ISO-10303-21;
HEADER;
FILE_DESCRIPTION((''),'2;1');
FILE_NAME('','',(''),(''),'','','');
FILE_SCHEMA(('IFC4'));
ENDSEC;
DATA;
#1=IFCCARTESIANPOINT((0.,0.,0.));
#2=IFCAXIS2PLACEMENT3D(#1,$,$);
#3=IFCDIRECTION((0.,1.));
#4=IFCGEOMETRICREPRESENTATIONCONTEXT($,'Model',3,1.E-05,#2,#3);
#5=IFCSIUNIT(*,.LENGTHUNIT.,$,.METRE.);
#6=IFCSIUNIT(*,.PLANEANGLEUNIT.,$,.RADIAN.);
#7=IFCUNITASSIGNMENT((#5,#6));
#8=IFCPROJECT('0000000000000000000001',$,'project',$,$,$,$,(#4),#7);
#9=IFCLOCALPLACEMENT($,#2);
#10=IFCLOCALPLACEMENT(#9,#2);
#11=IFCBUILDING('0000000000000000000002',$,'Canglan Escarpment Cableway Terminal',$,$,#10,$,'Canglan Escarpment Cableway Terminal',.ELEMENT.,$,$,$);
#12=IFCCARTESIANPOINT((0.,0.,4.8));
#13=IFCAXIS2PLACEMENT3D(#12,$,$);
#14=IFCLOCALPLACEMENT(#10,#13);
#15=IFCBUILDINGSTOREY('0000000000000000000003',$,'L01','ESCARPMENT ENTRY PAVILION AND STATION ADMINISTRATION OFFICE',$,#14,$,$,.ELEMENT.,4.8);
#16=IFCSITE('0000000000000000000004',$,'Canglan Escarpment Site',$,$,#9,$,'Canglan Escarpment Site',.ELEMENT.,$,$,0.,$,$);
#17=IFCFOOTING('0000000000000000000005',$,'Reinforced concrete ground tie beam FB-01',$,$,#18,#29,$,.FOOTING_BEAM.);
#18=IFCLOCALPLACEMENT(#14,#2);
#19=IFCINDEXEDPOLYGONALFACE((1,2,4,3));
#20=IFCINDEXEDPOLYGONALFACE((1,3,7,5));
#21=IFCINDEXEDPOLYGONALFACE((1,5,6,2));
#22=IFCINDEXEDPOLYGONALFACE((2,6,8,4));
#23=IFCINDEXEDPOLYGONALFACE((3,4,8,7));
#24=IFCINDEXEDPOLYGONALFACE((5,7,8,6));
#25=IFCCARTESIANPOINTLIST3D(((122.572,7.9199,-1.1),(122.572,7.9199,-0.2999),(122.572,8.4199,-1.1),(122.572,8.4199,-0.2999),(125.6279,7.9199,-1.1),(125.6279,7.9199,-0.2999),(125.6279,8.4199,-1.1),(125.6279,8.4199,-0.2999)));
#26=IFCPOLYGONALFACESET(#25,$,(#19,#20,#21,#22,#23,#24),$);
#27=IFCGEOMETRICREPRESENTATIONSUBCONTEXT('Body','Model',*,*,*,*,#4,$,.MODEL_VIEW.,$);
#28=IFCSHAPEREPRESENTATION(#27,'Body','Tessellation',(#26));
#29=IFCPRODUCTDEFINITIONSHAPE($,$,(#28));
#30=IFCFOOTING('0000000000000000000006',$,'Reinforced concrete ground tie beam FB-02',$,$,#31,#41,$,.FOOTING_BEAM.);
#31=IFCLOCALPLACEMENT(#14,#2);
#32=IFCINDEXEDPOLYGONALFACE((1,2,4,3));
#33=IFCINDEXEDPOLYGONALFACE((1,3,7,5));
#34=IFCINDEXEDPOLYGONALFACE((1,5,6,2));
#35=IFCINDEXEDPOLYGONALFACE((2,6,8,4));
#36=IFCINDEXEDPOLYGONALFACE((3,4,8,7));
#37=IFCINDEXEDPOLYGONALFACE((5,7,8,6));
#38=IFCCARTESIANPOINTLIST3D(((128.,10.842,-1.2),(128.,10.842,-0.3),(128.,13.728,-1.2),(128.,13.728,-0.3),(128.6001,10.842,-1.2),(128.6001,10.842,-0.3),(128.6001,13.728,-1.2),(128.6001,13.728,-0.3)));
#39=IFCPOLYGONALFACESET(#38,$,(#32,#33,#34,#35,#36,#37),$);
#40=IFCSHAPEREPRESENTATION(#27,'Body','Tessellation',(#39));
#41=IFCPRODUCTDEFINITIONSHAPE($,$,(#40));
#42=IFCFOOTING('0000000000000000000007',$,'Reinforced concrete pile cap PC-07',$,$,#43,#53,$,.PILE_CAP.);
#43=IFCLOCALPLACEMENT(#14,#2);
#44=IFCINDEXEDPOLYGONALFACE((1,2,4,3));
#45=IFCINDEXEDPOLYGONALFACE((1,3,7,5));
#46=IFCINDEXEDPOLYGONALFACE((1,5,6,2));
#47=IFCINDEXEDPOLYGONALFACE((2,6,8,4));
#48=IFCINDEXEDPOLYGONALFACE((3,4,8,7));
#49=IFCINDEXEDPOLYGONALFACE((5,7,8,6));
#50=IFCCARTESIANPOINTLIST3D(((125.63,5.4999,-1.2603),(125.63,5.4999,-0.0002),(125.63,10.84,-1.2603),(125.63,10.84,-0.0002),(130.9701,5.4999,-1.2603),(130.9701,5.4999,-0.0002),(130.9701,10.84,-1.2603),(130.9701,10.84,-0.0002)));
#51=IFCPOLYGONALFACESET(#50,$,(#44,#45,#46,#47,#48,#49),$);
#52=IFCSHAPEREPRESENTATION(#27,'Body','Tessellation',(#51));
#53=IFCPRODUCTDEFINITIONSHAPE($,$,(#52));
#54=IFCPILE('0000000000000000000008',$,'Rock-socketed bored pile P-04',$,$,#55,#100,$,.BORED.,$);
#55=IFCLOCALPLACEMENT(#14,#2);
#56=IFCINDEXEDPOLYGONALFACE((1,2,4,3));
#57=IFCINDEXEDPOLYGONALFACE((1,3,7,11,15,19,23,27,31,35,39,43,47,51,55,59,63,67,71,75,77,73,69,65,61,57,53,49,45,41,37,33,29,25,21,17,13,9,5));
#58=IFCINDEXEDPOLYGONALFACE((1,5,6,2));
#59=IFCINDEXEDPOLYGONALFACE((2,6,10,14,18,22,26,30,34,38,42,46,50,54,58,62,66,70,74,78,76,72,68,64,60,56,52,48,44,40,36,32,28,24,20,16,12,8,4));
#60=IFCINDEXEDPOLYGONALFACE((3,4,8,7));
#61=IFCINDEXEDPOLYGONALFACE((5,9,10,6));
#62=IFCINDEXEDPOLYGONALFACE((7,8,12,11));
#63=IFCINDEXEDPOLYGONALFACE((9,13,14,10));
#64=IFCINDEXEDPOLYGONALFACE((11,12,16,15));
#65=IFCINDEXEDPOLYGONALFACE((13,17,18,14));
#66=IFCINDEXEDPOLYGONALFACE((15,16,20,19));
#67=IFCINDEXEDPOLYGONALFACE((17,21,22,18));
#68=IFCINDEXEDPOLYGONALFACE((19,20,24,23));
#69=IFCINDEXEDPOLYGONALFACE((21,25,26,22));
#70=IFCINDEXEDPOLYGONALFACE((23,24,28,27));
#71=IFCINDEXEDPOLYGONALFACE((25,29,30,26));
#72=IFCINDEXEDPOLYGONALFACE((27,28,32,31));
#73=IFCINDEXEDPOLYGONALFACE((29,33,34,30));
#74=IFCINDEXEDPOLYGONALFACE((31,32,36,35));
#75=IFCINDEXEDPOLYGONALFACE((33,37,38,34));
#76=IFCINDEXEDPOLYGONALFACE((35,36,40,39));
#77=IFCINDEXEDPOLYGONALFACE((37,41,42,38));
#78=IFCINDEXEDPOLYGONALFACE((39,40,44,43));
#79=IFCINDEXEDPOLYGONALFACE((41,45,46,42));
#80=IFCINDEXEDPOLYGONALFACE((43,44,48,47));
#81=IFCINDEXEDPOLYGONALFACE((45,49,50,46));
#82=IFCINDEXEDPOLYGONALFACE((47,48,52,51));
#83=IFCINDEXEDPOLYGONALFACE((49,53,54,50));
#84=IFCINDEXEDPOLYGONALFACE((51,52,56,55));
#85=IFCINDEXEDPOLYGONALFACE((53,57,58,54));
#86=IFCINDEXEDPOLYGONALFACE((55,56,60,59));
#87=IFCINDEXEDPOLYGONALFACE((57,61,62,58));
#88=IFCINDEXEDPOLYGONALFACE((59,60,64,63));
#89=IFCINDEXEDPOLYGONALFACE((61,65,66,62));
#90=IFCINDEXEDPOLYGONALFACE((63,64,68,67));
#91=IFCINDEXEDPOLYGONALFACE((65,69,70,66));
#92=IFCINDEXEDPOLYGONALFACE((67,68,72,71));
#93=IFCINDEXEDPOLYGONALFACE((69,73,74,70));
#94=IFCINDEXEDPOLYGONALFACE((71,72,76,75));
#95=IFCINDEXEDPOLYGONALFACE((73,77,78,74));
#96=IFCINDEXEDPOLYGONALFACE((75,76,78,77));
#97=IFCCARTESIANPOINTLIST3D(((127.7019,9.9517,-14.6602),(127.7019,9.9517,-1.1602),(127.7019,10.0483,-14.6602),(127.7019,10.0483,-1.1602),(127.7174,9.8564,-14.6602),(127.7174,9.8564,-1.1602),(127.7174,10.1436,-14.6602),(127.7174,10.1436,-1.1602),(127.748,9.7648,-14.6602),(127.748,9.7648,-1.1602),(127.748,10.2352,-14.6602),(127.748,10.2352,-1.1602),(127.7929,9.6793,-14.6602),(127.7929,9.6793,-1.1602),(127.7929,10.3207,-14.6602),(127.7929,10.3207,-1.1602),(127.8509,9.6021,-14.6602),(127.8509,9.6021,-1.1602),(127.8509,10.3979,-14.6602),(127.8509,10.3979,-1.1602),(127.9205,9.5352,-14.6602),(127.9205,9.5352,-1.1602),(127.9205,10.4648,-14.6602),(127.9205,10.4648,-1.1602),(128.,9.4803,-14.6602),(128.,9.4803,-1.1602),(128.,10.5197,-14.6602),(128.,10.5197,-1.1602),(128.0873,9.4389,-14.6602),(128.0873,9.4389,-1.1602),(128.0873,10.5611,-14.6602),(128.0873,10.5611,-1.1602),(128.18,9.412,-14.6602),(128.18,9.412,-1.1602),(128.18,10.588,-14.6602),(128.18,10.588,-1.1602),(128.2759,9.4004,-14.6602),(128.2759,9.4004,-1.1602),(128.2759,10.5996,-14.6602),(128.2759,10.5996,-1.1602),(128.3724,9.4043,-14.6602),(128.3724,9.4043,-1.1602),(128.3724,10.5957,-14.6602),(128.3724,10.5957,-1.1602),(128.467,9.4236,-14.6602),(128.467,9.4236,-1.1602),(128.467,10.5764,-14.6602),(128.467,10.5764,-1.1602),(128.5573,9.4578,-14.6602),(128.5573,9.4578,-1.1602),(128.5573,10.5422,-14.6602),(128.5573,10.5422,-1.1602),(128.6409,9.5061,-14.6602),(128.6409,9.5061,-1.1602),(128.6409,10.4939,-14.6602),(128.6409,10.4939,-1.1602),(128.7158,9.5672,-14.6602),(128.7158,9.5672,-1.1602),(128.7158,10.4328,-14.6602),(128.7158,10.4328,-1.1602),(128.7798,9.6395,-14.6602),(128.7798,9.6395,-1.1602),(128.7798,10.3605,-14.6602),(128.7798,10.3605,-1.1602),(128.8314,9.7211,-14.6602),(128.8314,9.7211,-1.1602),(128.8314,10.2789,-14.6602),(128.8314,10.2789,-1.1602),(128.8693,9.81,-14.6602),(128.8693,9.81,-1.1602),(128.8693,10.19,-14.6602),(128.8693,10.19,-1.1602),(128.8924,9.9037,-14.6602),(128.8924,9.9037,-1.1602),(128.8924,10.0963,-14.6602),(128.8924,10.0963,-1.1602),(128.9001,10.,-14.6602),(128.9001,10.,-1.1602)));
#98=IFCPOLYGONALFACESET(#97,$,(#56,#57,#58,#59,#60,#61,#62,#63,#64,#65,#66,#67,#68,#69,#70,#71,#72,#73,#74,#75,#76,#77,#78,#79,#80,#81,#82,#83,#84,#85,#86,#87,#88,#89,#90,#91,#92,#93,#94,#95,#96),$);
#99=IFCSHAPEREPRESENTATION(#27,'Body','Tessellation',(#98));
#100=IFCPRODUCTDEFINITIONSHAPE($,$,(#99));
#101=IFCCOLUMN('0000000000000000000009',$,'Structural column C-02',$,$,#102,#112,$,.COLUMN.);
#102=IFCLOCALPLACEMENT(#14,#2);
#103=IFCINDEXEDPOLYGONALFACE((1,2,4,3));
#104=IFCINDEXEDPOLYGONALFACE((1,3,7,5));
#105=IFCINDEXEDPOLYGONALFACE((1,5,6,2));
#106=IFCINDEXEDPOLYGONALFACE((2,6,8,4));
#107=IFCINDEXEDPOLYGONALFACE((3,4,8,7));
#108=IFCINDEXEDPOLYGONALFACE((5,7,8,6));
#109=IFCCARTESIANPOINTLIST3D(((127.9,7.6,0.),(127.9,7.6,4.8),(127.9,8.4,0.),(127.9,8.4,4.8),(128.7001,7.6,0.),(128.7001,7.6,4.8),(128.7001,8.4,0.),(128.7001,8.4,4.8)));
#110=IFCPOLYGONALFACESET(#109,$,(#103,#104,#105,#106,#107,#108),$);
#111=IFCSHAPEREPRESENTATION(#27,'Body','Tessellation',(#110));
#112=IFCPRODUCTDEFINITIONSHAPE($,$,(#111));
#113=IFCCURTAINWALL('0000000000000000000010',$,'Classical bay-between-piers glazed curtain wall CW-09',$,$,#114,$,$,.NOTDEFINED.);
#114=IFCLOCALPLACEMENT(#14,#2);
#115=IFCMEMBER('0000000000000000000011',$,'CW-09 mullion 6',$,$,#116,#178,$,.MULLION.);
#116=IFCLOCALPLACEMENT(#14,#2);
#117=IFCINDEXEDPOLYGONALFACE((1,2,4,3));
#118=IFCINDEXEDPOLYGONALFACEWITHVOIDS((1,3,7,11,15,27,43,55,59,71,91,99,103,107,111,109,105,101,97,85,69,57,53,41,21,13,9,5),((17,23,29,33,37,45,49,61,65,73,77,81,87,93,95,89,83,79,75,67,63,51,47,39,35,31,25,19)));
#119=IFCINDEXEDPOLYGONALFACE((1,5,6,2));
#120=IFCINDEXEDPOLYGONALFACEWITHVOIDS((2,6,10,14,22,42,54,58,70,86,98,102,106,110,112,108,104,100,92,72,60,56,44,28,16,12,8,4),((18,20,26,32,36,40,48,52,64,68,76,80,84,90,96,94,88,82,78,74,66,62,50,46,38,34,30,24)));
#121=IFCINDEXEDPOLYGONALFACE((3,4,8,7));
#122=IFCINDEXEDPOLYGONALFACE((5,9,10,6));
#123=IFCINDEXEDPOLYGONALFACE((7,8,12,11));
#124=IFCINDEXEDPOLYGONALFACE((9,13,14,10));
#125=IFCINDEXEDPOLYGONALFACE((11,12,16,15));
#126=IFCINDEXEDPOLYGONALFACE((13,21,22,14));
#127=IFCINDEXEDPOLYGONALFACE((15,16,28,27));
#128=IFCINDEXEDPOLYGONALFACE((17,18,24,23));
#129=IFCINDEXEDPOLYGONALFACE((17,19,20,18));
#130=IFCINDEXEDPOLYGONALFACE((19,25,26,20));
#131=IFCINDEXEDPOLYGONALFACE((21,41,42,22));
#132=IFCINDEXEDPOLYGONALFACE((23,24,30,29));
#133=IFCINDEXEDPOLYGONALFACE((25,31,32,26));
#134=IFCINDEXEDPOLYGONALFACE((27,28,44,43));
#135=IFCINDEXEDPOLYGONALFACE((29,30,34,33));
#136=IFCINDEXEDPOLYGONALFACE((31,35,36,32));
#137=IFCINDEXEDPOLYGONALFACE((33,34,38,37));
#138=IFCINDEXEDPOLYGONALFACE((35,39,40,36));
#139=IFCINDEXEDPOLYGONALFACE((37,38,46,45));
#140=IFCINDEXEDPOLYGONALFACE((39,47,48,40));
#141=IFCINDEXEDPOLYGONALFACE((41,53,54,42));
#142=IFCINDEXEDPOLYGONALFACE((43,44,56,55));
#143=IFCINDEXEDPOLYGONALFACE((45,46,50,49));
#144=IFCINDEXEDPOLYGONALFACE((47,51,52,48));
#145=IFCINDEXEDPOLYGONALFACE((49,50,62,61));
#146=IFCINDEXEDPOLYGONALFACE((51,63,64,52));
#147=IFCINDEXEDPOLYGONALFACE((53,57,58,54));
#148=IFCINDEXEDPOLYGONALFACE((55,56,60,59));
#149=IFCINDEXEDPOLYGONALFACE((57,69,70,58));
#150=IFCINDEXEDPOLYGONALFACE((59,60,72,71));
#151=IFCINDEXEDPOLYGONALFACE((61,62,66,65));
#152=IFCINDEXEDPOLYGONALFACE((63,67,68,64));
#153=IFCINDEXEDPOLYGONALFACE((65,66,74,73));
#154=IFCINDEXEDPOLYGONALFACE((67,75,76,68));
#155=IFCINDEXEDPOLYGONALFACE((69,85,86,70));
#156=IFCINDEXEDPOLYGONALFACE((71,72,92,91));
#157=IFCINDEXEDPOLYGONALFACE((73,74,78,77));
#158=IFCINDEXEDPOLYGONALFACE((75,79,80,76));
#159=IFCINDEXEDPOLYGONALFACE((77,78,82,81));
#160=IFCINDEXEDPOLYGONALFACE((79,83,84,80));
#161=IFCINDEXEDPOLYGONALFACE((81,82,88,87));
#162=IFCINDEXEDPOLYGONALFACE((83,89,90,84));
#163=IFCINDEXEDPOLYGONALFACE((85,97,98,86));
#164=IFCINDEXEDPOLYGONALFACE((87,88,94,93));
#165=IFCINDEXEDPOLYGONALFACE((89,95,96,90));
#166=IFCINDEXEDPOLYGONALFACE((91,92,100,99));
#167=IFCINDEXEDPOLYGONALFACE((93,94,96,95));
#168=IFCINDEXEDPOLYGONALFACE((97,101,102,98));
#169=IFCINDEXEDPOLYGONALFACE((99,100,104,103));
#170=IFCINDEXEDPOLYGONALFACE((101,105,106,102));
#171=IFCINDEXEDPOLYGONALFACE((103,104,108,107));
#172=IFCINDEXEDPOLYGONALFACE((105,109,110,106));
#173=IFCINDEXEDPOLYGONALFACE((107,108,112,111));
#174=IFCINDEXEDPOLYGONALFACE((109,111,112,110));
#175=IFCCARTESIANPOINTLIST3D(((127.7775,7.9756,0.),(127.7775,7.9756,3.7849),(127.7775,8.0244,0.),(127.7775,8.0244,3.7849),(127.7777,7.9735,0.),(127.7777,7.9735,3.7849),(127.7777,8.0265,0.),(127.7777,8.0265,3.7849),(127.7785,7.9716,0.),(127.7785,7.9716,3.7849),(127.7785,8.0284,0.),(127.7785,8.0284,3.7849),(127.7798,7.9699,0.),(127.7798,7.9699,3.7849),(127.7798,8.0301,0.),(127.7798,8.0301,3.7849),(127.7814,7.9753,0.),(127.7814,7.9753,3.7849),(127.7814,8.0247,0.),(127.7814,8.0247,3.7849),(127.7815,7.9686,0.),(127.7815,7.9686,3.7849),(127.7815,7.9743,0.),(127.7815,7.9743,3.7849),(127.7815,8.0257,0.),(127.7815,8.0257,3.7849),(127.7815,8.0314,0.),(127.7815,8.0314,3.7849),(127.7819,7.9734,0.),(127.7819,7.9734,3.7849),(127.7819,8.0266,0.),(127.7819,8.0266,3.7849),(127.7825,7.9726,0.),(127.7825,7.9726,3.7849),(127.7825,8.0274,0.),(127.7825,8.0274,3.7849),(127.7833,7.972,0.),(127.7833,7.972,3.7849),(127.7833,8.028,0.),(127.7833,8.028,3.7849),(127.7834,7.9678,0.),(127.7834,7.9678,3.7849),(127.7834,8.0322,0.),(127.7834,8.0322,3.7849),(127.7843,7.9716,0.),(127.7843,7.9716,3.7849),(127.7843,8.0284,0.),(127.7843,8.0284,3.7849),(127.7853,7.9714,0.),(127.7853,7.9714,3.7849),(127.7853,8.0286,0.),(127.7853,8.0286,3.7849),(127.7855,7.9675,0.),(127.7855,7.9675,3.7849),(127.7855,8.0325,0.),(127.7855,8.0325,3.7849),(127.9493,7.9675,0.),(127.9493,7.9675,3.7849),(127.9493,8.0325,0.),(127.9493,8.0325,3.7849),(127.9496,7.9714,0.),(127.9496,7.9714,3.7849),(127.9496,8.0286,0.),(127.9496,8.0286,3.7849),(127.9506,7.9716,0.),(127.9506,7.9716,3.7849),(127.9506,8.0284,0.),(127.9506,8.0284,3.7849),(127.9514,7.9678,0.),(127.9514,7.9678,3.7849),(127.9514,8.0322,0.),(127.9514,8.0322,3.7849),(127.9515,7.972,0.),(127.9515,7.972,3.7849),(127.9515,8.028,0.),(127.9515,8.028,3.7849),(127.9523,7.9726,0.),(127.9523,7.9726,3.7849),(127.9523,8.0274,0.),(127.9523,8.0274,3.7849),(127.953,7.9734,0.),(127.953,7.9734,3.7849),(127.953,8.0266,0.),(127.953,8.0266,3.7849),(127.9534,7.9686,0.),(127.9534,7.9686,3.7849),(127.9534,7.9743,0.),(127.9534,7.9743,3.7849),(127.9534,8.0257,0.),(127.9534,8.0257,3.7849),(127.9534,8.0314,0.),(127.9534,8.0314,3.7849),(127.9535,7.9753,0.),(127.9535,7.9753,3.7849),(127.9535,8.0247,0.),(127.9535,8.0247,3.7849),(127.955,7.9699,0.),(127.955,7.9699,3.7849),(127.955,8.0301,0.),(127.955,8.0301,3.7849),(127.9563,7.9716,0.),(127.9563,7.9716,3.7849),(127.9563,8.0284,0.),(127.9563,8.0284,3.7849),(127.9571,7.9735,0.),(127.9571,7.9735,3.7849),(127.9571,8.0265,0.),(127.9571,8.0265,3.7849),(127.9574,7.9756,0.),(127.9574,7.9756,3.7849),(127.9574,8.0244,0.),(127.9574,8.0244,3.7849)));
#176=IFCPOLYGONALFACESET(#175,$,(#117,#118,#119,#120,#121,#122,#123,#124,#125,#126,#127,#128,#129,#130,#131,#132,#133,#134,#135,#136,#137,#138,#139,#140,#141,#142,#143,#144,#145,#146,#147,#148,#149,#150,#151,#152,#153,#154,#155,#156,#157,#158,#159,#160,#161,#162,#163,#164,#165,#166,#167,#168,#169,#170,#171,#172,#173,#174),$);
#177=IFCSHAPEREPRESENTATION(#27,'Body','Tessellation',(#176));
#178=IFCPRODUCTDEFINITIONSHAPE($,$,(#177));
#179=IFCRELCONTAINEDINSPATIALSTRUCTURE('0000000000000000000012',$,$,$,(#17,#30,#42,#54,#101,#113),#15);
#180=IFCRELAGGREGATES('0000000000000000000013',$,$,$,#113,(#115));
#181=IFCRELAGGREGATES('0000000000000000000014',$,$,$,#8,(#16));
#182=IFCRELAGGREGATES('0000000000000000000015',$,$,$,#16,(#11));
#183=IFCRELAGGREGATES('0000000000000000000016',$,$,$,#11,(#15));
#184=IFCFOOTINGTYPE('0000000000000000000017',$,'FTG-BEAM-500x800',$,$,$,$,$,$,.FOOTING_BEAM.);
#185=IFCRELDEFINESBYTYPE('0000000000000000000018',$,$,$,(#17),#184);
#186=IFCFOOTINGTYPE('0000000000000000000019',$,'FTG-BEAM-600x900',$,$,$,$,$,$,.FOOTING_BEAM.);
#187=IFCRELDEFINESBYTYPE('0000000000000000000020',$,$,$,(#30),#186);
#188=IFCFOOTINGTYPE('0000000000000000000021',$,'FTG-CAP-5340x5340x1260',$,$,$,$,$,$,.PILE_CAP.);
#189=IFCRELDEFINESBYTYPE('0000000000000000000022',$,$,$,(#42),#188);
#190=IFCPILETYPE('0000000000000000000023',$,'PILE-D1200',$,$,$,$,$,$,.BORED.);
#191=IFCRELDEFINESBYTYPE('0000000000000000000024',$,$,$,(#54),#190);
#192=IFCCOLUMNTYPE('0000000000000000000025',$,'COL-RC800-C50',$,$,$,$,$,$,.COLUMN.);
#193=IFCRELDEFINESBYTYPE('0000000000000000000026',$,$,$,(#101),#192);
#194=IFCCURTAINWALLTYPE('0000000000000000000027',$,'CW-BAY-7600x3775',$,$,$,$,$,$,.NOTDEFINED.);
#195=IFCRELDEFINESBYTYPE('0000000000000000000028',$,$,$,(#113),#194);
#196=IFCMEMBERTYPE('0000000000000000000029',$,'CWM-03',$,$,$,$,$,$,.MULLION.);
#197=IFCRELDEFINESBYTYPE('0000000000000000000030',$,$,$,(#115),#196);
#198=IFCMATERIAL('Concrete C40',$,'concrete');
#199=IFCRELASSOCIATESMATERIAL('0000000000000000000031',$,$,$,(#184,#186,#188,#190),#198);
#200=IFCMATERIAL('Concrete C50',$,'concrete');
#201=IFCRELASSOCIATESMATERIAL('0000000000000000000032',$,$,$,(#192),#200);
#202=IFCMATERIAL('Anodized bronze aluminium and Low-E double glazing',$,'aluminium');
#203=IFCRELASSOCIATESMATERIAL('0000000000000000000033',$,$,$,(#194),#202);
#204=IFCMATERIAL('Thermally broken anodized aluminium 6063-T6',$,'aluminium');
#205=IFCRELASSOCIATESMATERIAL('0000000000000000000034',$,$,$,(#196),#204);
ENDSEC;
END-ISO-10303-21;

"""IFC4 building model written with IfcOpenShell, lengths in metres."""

from ifc_helpers import new_model, si_unit, direction, frame, origin, origin_2d, place, context, subcontext, project, spatial, rectangle, hollow_rectangle, circle, extrude, material, material_profile, profile_set, type_object, element, aggregate, save


model = new_model("IFC4")

# Units and contexts
model_context = context("Model", 3, precision=1e-05, world=origin(), true_north=direction((0.0, 1.0)))
body_context = subcontext(model_context, "Body", "Model", "MODEL_VIEW")
ifc_project = project(units=[si_unit("LENGTHUNIT", "METRE"), si_unit("PLANEANGLEUNIT", "RADIAN")], contexts=[model_context])

# Site, building, storey
site_placement = place(None, origin())
site = spatial("IfcSite", under=ifc_project, at=site_placement, Name="Canglan Escarpment Site", LongName="Canglan Escarpment Site", CompositionType="ELEMENT", RefElevation=0.0)
building_placement = place(site_placement, origin())
building = spatial("IfcBuilding", under=site, at=building_placement, Name="Canglan Escarpment Cableway Terminal", LongName="Canglan Escarpment Cableway Terminal", CompositionType="ELEMENT")
storey_placement = place(building_placement, frame((0.0, 0.0, 4.8)))
storey = spatial("IfcBuildingStorey", under=building, at=storey_placement, Name="L01", Description="ESCARPMENT ENTRY PAVILION AND STATION ADMINISTRATION OFFICE", CompositionType="ELEMENT", Elevation=4.8)

# Footings
ifc_material_1 = material(Name="Concrete C40", Category="concrete")
ifc_material_profile_1 = material_profile(ifc_material_1, rectangle(XDim=0.5, YDim=0.8, at=origin_2d()), Name="FB 500x800")
ifc_profile_set_1 = profile_set([ifc_material_profile_1], Name="Concrete C40")
footing_type_1 = type_object("IfcFootingType", Name="FTG-BEAM-500x800", PredefinedType="FOOTING_BEAM", material=ifc_profile_set_1)
footing_1_placement = place(storey_placement, frame((122.572, 8.1699, -0.7), z_axis=(1.0, 0.0, 0.0), x_axis=(0.0, 1.0, 0.0)))
element("IfcFooting", 1, at=footing_1_placement, inside=storey, type_object=footing_type_1, Name="Reinforced concrete ground tie beam FB-01", PredefinedType="FOOTING_BEAM", context=body_context, shape_type="SweptSolid", body=[
    extrude(rectangle(XDim=0.5, YDim=0.8, at=origin_2d()), origin(), (0.0, 0.0, 1.0), 3.0559),
])
ifc_material_profile_2 = material_profile(ifc_material_1, rectangle(XDim=0.6001, YDim=0.8999, at=origin_2d()), Name="FB 600x900")
ifc_profile_set_2 = profile_set([ifc_material_profile_2], Name="Concrete C40")
footing_type_2 = type_object("IfcFootingType", Name="FTG-BEAM-600x900", PredefinedType="FOOTING_BEAM", material=ifc_profile_set_2)
footing_2_placement = place(storey_placement, frame((128.3, 10.842, -0.75), z_axis=(0.0, 1.0, 0.0), x_axis=(-1.0, 0.0, 0.0)))
element("IfcFooting", 2, at=footing_2_placement, inside=storey, type_object=footing_type_2, Name="Reinforced concrete ground tie beam FB-02", PredefinedType="FOOTING_BEAM", context=body_context, shape_type="SweptSolid", body=[
    extrude(rectangle(XDim=0.6001, YDim=0.8999, at=origin_2d()), origin(), (0.0, 0.0, 1.0), 2.886),
])
footing_type_3 = type_object("IfcFootingType", Name="FTG-CAP-5340x5340x1260", PredefinedType="PILE_CAP", material=ifc_material_1)
footing_3_placement = place(storey_placement, frame((128.3, 8.1699, -1.2603), z_axis=(0.0, 0.0, 1.0), x_axis=(1.0, 0.0, 0.0)))
element("IfcFooting", 3, at=footing_3_placement, inside=storey, type_object=footing_type_3, Name="Reinforced concrete pile cap PC-07", PredefinedType="PILE_CAP", context=body_context, shape_type="SweptSolid", body=[
    extrude(rectangle(XDim=5.3401, YDim=5.3401, at=origin_2d()), origin(), (0.0, 0.0, 1.0), 1.26),
])

# Pile
ifc_material_profile_3 = material_profile(ifc_material_1, circle(Radius=0.6001, at=origin_2d()), Name="BORED PILE D1200")
ifc_profile_set_3 = profile_set([ifc_material_profile_3], Name="Concrete C40")
pile_type = type_object("IfcPileType", Name="PILE-D1200", PredefinedType="BORED", material=ifc_profile_set_3)
pile_placement = place(storey_placement, frame((128.3, 10.0, -1.1602), z_axis=(0.0, 0.0, -1.0), x_axis=(1.0, 0.0, 0.0)))
element("IfcPile", 4, at=pile_placement, inside=storey, type_object=pile_type, Name="Rock-socketed bored pile P-04", PredefinedType="BORED", context=body_context, shape_type="SweptSolid", body=[
    extrude(circle(Radius=0.6001, at=origin_2d()), origin(), (0.0, 0.0, 1.0), 13.5),
])

# Column
ifc_material_2 = material(Name="Concrete C50", Category="concrete")
ifc_material_profile_4 = material_profile(ifc_material_2, rectangle(XDim=0.8, YDim=0.8, at=origin_2d()), Name="RC 800x800")
ifc_profile_set_4 = profile_set([ifc_material_profile_4], Name="Concrete C50")
column_type = type_object("IfcColumnType", Name="COL-RC800-C50", PredefinedType="COLUMN", material=ifc_profile_set_4)
column_placement = place(storey_placement, frame((128.3, 8.0, 0.0), z_axis=(0.0, 0.0, 1.0), x_axis=(1.0, 0.0, 0.0)))
element("IfcColumn", 5, at=column_placement, inside=storey, type_object=column_type, Name="Structural column C-02", PredefinedType="COLUMN", context=body_context, shape_type="SweptSolid", body=[
    extrude(rectangle(XDim=0.8, YDim=0.8, at=origin_2d()), origin(), (0.0, 0.0, 1.0), 4.8),
])

# Curtain wall, member
ifc_material_3 = material(Name="Anodized bronze aluminium and Low-E double glazing", Category="aluminium")
curtain_wall_type = type_object("IfcCurtainWallType", Name="CW-BAY-7600x3775", PredefinedType="NOTDEFINED", material=ifc_material_3)
curtain_wall_placement = place(storey_placement, origin())
curtain_wall = element("IfcCurtainWall", 6, at=curtain_wall_placement, inside=storey, type_object=curtain_wall_type, Name="Classical bay-between-piers glazed curtain wall CW-09", PredefinedType="NOTDEFINED")
ifc_material_4 = material(Name="Thermally broken anodized aluminium 6063-T6", Category="aluminium")
ifc_material_profile_5 = material_profile(ifc_material_4, hollow_rectangle(XDim=0.0649, YDim=0.1799, WallThickness=0.0039, InnerFilletRadius=0.0039, OuterFilletRadius=0.0081, at=origin_2d()), Name="ALU-MULL 65x180x4")
ifc_profile_set_5 = profile_set([ifc_material_profile_5], Name="Thermally broken anodized aluminium 6063-T6")
member_type_1 = type_object("IfcMemberType", Name="CWM-03", PredefinedType="MULLION", material=ifc_profile_set_5)
member_1_placement = place(storey_placement, frame((127.8674, 8.0, 0.0), z_axis=(0.0, 0.0, 1.0), x_axis=(0.0, 1.0, 0.0)))
member_1 = element("IfcMember", 7, at=member_1_placement, type_object=member_type_1, Name="CW-09 mullion 6", PredefinedType="MULLION", context=body_context, shape_type="SweptSolid", body=[
    extrude(hollow_rectangle(XDim=0.0649, YDim=0.1799, WallThickness=0.0039, InnerFilletRadius=0.0039, OuterFilletRadius=0.0081, at=origin_2d()), origin(), (0.0, 0.0, 1.0), 3.7849),
])

aggregate(curtain_wall, [member_1])

save(model, "model.ifc")
